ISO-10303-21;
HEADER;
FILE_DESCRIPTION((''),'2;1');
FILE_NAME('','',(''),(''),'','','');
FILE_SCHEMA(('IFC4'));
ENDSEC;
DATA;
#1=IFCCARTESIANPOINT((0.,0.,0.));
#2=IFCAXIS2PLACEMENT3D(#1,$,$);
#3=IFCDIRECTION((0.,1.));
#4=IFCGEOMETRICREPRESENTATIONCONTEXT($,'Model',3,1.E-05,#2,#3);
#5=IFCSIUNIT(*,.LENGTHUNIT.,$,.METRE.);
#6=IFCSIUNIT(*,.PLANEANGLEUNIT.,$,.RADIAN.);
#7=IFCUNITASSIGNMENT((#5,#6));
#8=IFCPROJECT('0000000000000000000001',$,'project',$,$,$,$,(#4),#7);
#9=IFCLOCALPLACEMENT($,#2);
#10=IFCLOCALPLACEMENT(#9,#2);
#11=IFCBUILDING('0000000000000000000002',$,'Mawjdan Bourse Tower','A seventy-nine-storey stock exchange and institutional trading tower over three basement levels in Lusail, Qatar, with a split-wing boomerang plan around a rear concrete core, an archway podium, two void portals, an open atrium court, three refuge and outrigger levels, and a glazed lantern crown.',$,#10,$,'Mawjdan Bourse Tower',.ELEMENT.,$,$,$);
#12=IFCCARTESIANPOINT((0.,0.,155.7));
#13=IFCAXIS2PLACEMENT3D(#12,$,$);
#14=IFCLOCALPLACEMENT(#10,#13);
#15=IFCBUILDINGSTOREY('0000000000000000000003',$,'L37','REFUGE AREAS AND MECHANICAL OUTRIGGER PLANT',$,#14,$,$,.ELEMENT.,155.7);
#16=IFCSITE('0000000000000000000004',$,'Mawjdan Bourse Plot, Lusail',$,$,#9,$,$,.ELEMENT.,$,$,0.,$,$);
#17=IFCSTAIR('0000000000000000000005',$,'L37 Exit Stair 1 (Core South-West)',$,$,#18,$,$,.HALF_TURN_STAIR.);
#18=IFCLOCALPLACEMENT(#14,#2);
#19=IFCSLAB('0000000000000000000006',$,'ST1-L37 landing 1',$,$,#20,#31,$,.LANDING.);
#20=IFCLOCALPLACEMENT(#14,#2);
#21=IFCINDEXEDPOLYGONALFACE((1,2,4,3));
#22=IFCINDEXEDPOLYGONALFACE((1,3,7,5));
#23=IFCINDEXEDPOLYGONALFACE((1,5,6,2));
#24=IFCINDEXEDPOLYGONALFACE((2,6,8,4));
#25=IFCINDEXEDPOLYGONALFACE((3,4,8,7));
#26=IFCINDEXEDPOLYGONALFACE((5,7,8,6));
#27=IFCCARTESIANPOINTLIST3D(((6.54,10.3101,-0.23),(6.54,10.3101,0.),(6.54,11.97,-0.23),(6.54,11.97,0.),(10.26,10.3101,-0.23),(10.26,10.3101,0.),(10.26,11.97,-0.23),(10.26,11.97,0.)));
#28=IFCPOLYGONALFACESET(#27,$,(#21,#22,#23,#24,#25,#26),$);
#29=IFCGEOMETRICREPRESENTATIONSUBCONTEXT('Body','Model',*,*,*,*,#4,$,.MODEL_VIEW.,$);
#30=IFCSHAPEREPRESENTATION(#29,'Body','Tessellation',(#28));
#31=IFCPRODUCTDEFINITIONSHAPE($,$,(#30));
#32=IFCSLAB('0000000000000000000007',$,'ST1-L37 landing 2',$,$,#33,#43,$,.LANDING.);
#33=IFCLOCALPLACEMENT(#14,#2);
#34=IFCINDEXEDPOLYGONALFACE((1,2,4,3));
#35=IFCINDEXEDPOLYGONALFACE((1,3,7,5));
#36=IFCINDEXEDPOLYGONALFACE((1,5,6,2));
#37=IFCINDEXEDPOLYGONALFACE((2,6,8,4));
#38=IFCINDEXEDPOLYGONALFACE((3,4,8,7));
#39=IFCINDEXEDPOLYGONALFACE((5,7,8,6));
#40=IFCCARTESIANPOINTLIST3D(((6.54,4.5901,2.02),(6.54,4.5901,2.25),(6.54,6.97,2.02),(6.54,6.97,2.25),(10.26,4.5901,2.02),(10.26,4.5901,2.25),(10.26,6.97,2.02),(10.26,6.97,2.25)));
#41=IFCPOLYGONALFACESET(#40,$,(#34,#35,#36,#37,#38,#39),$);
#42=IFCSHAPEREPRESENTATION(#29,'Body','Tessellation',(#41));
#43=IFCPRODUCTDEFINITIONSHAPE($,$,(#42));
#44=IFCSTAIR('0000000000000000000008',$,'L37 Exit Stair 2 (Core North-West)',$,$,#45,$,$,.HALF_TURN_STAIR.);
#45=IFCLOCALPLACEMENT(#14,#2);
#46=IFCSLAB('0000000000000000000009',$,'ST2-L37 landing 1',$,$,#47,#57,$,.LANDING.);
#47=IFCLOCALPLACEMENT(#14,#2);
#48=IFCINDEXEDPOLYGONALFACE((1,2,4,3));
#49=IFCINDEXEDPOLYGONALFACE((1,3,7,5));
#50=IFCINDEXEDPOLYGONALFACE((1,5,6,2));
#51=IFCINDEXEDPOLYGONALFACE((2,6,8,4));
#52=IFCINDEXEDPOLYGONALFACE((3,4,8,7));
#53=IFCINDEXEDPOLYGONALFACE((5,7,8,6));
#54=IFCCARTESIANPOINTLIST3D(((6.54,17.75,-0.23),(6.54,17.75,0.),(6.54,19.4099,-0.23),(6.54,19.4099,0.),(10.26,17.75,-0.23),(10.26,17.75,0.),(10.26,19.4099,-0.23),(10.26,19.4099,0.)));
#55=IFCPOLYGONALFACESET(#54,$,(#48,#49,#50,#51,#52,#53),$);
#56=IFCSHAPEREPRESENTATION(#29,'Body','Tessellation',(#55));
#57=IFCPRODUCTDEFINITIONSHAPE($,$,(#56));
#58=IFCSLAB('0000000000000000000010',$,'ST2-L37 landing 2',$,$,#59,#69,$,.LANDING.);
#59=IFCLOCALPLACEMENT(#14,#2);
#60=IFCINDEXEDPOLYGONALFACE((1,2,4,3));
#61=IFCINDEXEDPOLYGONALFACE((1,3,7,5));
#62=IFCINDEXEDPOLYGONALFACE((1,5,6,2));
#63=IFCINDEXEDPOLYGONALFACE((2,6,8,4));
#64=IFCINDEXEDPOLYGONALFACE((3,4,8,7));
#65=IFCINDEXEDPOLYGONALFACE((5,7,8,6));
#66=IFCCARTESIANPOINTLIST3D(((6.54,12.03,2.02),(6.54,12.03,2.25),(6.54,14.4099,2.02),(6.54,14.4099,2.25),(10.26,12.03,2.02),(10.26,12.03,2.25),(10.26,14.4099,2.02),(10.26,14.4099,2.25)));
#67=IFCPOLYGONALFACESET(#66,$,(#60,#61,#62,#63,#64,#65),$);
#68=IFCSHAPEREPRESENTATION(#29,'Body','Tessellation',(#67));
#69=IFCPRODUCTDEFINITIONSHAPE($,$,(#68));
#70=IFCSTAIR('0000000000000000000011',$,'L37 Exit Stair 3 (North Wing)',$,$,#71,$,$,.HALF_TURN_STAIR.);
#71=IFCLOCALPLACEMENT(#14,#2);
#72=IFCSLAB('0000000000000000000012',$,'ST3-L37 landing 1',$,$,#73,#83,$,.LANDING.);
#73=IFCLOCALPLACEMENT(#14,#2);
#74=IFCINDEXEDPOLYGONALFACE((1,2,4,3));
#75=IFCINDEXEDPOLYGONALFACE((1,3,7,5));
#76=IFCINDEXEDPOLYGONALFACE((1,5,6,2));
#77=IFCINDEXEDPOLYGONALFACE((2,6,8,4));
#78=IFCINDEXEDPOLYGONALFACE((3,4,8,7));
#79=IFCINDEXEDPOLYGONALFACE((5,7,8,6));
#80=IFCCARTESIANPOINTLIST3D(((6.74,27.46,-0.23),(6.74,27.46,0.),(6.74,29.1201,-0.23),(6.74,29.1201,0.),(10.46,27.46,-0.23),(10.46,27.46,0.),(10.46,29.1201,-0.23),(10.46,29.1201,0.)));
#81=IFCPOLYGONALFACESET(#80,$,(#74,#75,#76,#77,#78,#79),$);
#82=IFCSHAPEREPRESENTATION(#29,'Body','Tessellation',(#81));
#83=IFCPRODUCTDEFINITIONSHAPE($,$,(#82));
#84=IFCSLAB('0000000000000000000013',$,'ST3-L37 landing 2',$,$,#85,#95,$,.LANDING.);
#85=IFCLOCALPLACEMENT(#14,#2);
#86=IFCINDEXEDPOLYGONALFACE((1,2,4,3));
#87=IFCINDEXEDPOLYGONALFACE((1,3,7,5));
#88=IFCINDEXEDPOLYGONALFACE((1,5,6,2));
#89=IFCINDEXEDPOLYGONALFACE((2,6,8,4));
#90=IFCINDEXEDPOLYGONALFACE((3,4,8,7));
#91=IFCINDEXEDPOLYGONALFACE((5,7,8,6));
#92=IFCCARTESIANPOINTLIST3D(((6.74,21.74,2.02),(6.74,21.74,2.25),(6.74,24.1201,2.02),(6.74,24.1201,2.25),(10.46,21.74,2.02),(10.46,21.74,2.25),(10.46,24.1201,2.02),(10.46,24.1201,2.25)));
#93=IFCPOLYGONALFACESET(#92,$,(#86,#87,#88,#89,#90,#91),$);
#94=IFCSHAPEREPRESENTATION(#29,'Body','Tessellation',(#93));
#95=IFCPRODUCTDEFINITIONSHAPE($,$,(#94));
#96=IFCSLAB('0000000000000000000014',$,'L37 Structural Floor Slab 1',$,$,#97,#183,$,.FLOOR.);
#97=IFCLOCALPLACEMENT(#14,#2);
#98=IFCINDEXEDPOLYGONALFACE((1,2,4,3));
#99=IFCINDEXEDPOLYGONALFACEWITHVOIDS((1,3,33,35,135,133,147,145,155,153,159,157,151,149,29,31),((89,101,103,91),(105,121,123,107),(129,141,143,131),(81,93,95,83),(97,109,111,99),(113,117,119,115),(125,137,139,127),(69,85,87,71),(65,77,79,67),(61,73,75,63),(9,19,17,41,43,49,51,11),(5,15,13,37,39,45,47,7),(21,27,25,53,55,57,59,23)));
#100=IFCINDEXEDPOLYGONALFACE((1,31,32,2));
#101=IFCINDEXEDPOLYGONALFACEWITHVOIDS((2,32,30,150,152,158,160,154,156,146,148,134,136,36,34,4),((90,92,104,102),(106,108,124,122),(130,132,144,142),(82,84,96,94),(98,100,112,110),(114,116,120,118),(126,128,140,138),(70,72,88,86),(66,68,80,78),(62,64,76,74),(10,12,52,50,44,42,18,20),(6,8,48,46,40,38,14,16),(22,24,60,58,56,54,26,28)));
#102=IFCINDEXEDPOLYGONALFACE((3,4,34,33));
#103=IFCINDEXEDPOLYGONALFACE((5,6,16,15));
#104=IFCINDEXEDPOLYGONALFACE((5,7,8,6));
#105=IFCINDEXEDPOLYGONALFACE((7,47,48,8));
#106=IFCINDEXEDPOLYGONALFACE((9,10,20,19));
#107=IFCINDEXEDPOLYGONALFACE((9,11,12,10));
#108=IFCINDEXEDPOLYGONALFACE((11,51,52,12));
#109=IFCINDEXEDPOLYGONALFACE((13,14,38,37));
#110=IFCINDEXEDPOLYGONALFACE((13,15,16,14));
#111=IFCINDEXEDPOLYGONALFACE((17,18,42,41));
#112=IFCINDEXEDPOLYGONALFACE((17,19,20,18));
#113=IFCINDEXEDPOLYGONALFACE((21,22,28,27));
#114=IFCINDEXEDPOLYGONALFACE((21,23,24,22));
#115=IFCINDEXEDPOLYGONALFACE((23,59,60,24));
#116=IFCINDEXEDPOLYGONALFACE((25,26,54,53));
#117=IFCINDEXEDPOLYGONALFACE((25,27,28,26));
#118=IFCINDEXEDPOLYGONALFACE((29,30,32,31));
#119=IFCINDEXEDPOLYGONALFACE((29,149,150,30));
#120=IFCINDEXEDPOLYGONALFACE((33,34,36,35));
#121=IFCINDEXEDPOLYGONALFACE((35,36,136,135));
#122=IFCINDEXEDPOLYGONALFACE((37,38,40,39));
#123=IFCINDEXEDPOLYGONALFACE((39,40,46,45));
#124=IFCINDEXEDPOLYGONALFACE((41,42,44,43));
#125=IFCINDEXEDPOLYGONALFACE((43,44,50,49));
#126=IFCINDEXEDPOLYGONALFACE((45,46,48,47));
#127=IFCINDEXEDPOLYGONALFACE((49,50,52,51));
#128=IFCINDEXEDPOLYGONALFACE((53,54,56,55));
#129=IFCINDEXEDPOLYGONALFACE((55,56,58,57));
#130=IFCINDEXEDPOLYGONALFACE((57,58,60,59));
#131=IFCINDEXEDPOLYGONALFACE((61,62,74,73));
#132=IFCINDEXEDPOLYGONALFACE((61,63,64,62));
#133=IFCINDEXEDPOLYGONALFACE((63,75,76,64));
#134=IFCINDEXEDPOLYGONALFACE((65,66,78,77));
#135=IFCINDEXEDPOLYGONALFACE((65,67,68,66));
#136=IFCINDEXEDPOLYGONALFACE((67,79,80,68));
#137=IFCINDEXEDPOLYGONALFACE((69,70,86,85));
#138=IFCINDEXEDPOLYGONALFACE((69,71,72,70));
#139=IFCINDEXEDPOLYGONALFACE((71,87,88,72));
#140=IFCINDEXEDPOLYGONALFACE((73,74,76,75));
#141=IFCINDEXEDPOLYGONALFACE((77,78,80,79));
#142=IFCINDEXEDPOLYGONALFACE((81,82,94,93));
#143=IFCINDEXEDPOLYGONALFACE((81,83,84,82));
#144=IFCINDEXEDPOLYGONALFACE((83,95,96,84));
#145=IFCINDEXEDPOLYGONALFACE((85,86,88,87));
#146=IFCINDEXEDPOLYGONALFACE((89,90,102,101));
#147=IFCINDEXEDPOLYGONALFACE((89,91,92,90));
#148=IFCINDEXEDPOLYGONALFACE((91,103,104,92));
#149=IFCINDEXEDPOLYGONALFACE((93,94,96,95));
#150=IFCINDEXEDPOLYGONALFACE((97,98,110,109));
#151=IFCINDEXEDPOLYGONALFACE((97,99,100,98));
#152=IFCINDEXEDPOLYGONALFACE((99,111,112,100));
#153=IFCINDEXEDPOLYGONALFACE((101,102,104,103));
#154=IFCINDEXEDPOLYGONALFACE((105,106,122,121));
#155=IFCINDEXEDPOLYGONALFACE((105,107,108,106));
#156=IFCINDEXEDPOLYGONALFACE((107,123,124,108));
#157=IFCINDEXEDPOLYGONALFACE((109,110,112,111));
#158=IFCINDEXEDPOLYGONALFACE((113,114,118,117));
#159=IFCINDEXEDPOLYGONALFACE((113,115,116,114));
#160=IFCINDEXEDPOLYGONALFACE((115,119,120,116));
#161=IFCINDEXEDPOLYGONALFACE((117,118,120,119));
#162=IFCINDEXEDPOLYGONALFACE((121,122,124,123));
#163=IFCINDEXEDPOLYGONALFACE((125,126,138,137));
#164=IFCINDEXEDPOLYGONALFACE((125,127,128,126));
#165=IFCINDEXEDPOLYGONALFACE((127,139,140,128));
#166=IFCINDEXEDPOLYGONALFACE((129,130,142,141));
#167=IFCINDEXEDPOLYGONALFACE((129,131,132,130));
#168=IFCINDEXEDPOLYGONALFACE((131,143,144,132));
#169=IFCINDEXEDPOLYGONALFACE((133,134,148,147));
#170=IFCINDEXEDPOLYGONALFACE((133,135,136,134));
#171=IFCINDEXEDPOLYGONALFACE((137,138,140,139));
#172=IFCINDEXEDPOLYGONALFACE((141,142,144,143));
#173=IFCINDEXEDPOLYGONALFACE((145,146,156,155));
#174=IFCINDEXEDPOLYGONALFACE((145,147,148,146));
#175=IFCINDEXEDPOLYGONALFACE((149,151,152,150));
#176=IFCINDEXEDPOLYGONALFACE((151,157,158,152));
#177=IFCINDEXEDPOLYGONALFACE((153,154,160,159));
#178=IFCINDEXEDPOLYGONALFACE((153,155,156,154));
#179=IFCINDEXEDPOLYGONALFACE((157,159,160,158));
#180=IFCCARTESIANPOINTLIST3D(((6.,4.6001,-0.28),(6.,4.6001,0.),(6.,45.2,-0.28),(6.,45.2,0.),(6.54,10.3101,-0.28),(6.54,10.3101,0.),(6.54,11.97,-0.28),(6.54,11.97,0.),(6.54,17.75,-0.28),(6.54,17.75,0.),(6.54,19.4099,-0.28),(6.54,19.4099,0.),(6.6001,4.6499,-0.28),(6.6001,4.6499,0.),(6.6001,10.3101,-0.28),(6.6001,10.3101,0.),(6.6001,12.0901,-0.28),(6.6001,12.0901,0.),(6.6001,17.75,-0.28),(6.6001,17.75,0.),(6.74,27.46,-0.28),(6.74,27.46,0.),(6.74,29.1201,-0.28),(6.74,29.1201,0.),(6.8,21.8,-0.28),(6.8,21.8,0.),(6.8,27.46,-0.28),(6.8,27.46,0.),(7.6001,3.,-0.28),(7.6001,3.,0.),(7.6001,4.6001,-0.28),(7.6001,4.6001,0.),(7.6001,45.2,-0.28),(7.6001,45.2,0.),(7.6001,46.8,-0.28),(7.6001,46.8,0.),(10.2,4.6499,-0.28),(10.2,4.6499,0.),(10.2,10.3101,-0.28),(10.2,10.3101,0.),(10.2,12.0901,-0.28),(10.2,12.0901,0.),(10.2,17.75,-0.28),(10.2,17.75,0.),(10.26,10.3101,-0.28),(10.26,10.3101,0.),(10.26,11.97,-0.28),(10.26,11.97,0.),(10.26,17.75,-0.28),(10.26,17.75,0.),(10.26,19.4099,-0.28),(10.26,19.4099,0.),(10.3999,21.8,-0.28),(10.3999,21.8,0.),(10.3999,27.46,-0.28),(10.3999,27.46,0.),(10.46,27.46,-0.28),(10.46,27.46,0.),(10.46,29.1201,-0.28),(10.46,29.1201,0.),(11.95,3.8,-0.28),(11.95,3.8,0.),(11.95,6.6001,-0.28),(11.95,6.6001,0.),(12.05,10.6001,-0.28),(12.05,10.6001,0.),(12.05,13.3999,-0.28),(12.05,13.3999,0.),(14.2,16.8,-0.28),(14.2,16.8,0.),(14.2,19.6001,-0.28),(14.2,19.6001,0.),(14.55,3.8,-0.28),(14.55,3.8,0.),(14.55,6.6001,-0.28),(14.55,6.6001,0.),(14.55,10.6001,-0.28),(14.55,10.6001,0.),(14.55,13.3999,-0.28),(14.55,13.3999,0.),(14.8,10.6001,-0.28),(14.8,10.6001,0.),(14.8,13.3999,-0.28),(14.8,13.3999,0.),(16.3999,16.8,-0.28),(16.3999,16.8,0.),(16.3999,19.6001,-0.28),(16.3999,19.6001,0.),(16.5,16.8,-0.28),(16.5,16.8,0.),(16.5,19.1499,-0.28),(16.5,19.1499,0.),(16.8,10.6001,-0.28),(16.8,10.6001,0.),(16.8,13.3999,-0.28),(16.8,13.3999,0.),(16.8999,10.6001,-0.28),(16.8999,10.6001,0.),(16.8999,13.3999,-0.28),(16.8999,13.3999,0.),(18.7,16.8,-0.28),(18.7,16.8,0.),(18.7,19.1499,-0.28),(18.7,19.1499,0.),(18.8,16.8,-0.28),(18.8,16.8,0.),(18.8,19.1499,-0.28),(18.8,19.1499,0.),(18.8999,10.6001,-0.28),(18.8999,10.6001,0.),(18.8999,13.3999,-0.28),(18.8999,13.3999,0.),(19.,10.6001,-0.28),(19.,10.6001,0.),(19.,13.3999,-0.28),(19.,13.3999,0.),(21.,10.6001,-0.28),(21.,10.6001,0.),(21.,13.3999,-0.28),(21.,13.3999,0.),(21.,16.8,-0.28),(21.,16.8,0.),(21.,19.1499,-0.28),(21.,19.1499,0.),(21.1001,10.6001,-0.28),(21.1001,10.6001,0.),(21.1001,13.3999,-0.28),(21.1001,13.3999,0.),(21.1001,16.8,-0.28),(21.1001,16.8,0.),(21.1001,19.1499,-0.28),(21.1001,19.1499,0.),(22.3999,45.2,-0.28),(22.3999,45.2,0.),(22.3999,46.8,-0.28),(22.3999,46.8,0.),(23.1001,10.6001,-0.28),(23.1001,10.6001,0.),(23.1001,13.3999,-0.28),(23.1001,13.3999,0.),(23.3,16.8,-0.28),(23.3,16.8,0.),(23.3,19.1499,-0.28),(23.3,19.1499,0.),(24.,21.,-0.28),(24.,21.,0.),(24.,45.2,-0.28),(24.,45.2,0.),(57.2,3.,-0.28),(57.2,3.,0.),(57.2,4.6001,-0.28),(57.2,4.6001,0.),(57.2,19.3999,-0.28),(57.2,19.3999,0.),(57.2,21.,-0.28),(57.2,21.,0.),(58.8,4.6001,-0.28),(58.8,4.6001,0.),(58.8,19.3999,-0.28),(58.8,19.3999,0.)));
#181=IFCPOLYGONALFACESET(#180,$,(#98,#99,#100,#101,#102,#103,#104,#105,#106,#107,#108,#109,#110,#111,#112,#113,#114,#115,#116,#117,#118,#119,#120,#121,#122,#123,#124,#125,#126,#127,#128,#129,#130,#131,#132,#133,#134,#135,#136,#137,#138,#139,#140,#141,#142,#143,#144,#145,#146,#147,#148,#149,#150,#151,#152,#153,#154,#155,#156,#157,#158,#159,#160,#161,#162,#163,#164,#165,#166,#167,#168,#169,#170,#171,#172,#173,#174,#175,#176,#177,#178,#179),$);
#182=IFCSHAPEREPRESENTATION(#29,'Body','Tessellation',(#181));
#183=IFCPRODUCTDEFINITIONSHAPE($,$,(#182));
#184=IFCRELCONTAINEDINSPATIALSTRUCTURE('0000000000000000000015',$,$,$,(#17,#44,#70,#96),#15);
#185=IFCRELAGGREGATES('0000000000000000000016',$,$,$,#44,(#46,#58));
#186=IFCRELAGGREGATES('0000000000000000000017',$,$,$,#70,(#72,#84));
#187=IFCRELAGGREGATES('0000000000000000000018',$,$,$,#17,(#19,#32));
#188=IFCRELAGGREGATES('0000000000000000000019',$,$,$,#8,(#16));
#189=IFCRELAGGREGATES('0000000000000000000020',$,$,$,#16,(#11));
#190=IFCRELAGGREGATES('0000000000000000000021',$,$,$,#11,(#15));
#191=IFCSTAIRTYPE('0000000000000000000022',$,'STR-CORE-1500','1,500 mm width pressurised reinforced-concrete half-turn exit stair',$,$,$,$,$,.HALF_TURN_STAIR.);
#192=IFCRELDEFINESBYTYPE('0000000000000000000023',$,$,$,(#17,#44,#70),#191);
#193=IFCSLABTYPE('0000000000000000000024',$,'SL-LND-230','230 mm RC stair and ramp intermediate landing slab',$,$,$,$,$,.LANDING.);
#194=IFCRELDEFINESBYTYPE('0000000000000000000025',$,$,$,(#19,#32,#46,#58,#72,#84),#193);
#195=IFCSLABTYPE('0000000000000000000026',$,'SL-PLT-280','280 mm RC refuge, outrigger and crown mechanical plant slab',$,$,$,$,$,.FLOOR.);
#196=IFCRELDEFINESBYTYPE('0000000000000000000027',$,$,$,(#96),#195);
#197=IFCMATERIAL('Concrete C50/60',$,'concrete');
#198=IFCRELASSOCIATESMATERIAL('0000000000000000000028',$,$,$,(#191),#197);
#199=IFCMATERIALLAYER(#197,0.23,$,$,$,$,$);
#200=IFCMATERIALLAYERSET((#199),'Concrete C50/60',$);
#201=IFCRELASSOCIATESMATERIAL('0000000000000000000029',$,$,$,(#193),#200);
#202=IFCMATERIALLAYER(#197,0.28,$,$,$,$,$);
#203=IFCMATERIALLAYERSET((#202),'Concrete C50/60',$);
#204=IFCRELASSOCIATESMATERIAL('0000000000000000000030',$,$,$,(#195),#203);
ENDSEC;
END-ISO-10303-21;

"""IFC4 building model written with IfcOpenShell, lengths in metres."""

from ifc_helpers import new_model, si_unit, direction, frame, origin, place, context, subcontext, project, spatial, polyline, outline, extrude, material, layer, layer_set, type_object, element, aggregate, save


model = new_model("IFC4")

# Units and contexts
model_context = context("Model", 3, precision=1e-05, world=origin(), true_north=direction((0.0, 1.0)))
body_context = subcontext(model_context, "Body", "Model", "MODEL_VIEW")
ifc_project = project(units=[si_unit("LENGTHUNIT", "METRE"), si_unit("PLANEANGLEUNIT", "RADIAN")], contexts=[model_context])

# Site, building, storey
site_placement = place(None, origin())
site = spatial("IfcSite", under=ifc_project, at=site_placement, Name="Mawjdan Bourse Plot, Lusail", CompositionType="ELEMENT", RefElevation=0.0)
building_placement = place(site_placement, origin())
building = spatial("IfcBuilding", under=site, at=building_placement, Name="Mawjdan Bourse Tower", Description="A seventy-nine-storey stock exchange and institutional trading tower over three basement levels in Lusail, Qatar, with a split-wing boomerang plan around a rear concrete core, an archway podium, two void portals, an open atrium court, three refuge and outrigger levels, and a glazed lantern crown.", LongName="Mawjdan Bourse Tower", CompositionType="ELEMENT")
storey_placement = place(building_placement, frame((0.0, 0.0, 155.7)))
storey = spatial("IfcBuildingStorey", under=building, at=storey_placement, Name="L37", Description="REFUGE AREAS AND MECHANICAL OUTRIGGER PLANT", CompositionType="ELEMENT", Elevation=155.7)

# Stairs, slabs
ifc_material_1 = material(Name="Concrete C50/60", Category="concrete")
stair_type = type_object("IfcStairType", Name="STR-CORE-1500", Description="1,500 mm width pressurised reinforced-concrete half-turn exit stair", PredefinedType="HALF_TURN_STAIR", material=ifc_material_1)
stair_1_placement = place(storey_placement, origin())
stair_1 = element("IfcStair", 1, at=stair_1_placement, inside=storey, type_object=stair_type, Name="L37 Exit Stair 1 (Core South-West)", PredefinedType="HALF_TURN_STAIR")
ifc_layer_1 = layer(ifc_material_1, 0.23)
ifc_layer_set_1 = layer_set([ifc_layer_1], Name="Concrete C50/60")
slab_type_1 = type_object("IfcSlabType", Name="SL-LND-230", Description="230 mm RC stair and ramp intermediate landing slab", PredefinedType="LANDING", material=ifc_layer_set_1)
slab_1_placement = place(storey_placement, frame((0.0, 0.0, -0.23)))
slab_1 = element("IfcSlab", 2, at=slab_1_placement, type_object=slab_type_1, Name="ST1-L37 landing 1", PredefinedType="LANDING", context=body_context, shape_type="SweptSolid", body=[
    extrude(outline(polyline([(6.54, 10.3101), (10.26, 10.3101), (10.26, 11.97), (6.54, 11.97), (6.54, 10.3101)])), origin(), (0.0, 0.0, 1.0), 0.23),
])
slab_2_placement = place(storey_placement, frame((0.0, 0.0, 2.02)))
slab_2 = element("IfcSlab", 3, at=slab_2_placement, type_object=slab_type_1, Name="ST1-L37 landing 2", PredefinedType="LANDING", context=body_context, shape_type="SweptSolid", body=[
    extrude(outline(polyline([(6.54, 4.5901), (10.26, 4.5901), (10.26, 6.97), (6.54, 6.97), (6.54, 4.5901)])), origin(), (0.0, 0.0, 1.0), 0.23),
])
stair_2_placement = place(storey_placement, origin())
stair_2 = element("IfcStair", 4, at=stair_2_placement, inside=storey, type_object=stair_type, Name="L37 Exit Stair 2 (Core North-West)", PredefinedType="HALF_TURN_STAIR")
slab_3_placement = place(storey_placement, frame((0.0, 0.0, -0.23)))
slab_3 = element("IfcSlab", 5, at=slab_3_placement, type_object=slab_type_1, Name="ST2-L37 landing 1", PredefinedType="LANDING", context=body_context, shape_type="SweptSolid", body=[
    extrude(outline(polyline([(6.54, 17.75), (10.26, 17.75), (10.26, 19.4099), (6.54, 19.4099), (6.54, 17.75)])), origin(), (0.0, 0.0, 1.0), 0.23),
])
slab_4_placement = place(storey_placement, frame((0.0, 0.0, 2.02)))
slab_4 = element("IfcSlab", 6, at=slab_4_placement, type_object=slab_type_1, Name="ST2-L37 landing 2", PredefinedType="LANDING", context=body_context, shape_type="SweptSolid", body=[
    extrude(outline(polyline([(6.54, 12.03), (10.26, 12.03), (10.26, 14.4099), (6.54, 14.4099), (6.54, 12.03)])), origin(), (0.0, 0.0, 1.0), 0.23),
])
aggregate(stair_2, [slab_3, slab_4])
stair_3_placement = place(storey_placement, origin())
stair_3 = element("IfcStair", 7, at=stair_3_placement, inside=storey, type_object=stair_type, Name="L37 Exit Stair 3 (North Wing)", PredefinedType="HALF_TURN_STAIR")
slab_5_placement = place(storey_placement, frame((0.0, 0.0, -0.23)))
slab_5 = element("IfcSlab", 8, at=slab_5_placement, type_object=slab_type_1, Name="ST3-L37 landing 1", PredefinedType="LANDING", context=body_context, shape_type="SweptSolid", body=[
    extrude(outline(polyline([(6.74, 27.46), (10.46, 27.46), (10.46, 29.1201), (6.74, 29.1201), (6.74, 27.46)])), origin(), (0.0, 0.0, 1.0), 0.23),
])
slab_6_placement = place(storey_placement, frame((0.0, 0.0, 2.02)))
slab_6 = element("IfcSlab", 9, at=slab_6_placement, type_object=slab_type_1, Name="ST3-L37 landing 2", PredefinedType="LANDING", context=body_context, shape_type="SweptSolid", body=[
    extrude(outline(polyline([(6.74, 21.74), (10.46, 21.74), (10.46, 24.1201), (6.74, 24.1201), (6.74, 21.74)])), origin(), (0.0, 0.0, 1.0), 0.23),
])
aggregate(stair_3, [slab_5, slab_6])

# Slab
ifc_layer_2 = layer(ifc_material_1, 0.28)
ifc_layer_set_2 = layer_set([ifc_layer_2], Name="Concrete C50/60")
slab_type_2 = type_object("IfcSlabType", Name="SL-PLT-280", Description="280 mm RC refuge, outrigger and crown mechanical plant slab", PredefinedType="FLOOR", material=ifc_layer_set_2)
slab_7_placement = place(storey_placement, frame((0.0, 0.0, -0.28)))
element("IfcSlab", 10, at=slab_7_placement, inside=storey, type_object=slab_type_2, Name="L37 Structural Floor Slab 1", PredefinedType="FLOOR", context=body_context, shape_type="SweptSolid", body=[
    extrude(outline(polyline([(7.6001, 3.0), (57.2, 3.0), (57.2, 4.6001), (58.8, 4.6001), (58.8, 19.3999), (57.2, 19.3999), (57.2, 21.0), (24.0, 21.0), (24.0, 45.2), (22.3999, 45.2), (22.3999, 46.8), (7.6001, 46.8), (7.6001, 45.2), (6.0, 45.2), (6.0, 4.6001), (7.6001, 4.6001), (7.6001, 3.0)]), holes=[polyline([(11.95, 3.8), (11.95, 6.6001), (14.55, 6.6001), (14.55, 3.8), (11.95, 3.8)]), polyline([(6.6001, 10.3101), (6.54, 10.3101), (6.54, 11.97), (10.26, 11.97), (10.26, 10.3101), (10.2, 10.3101), (10.2, 4.6499), (6.6001, 4.6499), (6.6001, 10.3101)]), polyline([(12.05, 10.6001), (12.05, 13.3999), (14.55, 13.3999), (14.55, 10.6001), (12.05, 10.6001)]), polyline([(10.26, 19.4099), (10.26, 17.75), (10.2, 17.75), (10.2, 12.0901), (6.6001, 12.0901), (6.6001, 17.75), (6.54, 17.75), (6.54, 19.4099), (10.26, 19.4099)]), polyline([(10.46, 29.1201), (10.46, 27.46), (10.3999, 27.46), (10.3999, 21.8), (6.8, 21.8), (6.8, 27.46), (6.74, 27.46), (6.74, 29.1201), (10.46, 29.1201)]), polyline([(14.8, 10.6001), (14.8, 13.3999), (16.8, 13.3999), (16.8, 10.6001), (14.8, 10.6001)]), polyline([(16.8999, 10.6001), (16.8999, 13.3999), (18.8999, 13.3999), (18.8999, 10.6001), (16.8999, 10.6001)]), polyline([(19.0, 10.6001), (19.0, 13.3999), (21.0, 13.3999), (21.0, 10.6001), (19.0, 10.6001)]), polyline([(21.1001, 10.6001), (21.1001, 13.3999), (23.1001, 13.3999), (23.1001, 10.6001), (21.1001, 10.6001)]), polyline([(16.5, 16.8), (16.5, 19.1499), (18.7, 19.1499), (18.7, 16.8), (16.5, 16.8)]), polyline([(18.8, 16.8), (18.8, 19.1499), (21.0, 19.1499), (21.0, 16.8), (18.8, 16.8)]), polyline([(21.1001, 16.8), (21.1001, 19.1499), (23.3, 19.1499), (23.3, 16.8), (21.1001, 16.8)]), polyline([(14.2, 16.8), (14.2, 19.6001), (16.3999, 19.6001), (16.3999, 16.8), (14.2, 16.8)])]), origin(), (0.0, 0.0, 1.0), 0.28),
])

aggregate(stair_1, [slab_1, slab_2])

save(model, "model.ifc")
